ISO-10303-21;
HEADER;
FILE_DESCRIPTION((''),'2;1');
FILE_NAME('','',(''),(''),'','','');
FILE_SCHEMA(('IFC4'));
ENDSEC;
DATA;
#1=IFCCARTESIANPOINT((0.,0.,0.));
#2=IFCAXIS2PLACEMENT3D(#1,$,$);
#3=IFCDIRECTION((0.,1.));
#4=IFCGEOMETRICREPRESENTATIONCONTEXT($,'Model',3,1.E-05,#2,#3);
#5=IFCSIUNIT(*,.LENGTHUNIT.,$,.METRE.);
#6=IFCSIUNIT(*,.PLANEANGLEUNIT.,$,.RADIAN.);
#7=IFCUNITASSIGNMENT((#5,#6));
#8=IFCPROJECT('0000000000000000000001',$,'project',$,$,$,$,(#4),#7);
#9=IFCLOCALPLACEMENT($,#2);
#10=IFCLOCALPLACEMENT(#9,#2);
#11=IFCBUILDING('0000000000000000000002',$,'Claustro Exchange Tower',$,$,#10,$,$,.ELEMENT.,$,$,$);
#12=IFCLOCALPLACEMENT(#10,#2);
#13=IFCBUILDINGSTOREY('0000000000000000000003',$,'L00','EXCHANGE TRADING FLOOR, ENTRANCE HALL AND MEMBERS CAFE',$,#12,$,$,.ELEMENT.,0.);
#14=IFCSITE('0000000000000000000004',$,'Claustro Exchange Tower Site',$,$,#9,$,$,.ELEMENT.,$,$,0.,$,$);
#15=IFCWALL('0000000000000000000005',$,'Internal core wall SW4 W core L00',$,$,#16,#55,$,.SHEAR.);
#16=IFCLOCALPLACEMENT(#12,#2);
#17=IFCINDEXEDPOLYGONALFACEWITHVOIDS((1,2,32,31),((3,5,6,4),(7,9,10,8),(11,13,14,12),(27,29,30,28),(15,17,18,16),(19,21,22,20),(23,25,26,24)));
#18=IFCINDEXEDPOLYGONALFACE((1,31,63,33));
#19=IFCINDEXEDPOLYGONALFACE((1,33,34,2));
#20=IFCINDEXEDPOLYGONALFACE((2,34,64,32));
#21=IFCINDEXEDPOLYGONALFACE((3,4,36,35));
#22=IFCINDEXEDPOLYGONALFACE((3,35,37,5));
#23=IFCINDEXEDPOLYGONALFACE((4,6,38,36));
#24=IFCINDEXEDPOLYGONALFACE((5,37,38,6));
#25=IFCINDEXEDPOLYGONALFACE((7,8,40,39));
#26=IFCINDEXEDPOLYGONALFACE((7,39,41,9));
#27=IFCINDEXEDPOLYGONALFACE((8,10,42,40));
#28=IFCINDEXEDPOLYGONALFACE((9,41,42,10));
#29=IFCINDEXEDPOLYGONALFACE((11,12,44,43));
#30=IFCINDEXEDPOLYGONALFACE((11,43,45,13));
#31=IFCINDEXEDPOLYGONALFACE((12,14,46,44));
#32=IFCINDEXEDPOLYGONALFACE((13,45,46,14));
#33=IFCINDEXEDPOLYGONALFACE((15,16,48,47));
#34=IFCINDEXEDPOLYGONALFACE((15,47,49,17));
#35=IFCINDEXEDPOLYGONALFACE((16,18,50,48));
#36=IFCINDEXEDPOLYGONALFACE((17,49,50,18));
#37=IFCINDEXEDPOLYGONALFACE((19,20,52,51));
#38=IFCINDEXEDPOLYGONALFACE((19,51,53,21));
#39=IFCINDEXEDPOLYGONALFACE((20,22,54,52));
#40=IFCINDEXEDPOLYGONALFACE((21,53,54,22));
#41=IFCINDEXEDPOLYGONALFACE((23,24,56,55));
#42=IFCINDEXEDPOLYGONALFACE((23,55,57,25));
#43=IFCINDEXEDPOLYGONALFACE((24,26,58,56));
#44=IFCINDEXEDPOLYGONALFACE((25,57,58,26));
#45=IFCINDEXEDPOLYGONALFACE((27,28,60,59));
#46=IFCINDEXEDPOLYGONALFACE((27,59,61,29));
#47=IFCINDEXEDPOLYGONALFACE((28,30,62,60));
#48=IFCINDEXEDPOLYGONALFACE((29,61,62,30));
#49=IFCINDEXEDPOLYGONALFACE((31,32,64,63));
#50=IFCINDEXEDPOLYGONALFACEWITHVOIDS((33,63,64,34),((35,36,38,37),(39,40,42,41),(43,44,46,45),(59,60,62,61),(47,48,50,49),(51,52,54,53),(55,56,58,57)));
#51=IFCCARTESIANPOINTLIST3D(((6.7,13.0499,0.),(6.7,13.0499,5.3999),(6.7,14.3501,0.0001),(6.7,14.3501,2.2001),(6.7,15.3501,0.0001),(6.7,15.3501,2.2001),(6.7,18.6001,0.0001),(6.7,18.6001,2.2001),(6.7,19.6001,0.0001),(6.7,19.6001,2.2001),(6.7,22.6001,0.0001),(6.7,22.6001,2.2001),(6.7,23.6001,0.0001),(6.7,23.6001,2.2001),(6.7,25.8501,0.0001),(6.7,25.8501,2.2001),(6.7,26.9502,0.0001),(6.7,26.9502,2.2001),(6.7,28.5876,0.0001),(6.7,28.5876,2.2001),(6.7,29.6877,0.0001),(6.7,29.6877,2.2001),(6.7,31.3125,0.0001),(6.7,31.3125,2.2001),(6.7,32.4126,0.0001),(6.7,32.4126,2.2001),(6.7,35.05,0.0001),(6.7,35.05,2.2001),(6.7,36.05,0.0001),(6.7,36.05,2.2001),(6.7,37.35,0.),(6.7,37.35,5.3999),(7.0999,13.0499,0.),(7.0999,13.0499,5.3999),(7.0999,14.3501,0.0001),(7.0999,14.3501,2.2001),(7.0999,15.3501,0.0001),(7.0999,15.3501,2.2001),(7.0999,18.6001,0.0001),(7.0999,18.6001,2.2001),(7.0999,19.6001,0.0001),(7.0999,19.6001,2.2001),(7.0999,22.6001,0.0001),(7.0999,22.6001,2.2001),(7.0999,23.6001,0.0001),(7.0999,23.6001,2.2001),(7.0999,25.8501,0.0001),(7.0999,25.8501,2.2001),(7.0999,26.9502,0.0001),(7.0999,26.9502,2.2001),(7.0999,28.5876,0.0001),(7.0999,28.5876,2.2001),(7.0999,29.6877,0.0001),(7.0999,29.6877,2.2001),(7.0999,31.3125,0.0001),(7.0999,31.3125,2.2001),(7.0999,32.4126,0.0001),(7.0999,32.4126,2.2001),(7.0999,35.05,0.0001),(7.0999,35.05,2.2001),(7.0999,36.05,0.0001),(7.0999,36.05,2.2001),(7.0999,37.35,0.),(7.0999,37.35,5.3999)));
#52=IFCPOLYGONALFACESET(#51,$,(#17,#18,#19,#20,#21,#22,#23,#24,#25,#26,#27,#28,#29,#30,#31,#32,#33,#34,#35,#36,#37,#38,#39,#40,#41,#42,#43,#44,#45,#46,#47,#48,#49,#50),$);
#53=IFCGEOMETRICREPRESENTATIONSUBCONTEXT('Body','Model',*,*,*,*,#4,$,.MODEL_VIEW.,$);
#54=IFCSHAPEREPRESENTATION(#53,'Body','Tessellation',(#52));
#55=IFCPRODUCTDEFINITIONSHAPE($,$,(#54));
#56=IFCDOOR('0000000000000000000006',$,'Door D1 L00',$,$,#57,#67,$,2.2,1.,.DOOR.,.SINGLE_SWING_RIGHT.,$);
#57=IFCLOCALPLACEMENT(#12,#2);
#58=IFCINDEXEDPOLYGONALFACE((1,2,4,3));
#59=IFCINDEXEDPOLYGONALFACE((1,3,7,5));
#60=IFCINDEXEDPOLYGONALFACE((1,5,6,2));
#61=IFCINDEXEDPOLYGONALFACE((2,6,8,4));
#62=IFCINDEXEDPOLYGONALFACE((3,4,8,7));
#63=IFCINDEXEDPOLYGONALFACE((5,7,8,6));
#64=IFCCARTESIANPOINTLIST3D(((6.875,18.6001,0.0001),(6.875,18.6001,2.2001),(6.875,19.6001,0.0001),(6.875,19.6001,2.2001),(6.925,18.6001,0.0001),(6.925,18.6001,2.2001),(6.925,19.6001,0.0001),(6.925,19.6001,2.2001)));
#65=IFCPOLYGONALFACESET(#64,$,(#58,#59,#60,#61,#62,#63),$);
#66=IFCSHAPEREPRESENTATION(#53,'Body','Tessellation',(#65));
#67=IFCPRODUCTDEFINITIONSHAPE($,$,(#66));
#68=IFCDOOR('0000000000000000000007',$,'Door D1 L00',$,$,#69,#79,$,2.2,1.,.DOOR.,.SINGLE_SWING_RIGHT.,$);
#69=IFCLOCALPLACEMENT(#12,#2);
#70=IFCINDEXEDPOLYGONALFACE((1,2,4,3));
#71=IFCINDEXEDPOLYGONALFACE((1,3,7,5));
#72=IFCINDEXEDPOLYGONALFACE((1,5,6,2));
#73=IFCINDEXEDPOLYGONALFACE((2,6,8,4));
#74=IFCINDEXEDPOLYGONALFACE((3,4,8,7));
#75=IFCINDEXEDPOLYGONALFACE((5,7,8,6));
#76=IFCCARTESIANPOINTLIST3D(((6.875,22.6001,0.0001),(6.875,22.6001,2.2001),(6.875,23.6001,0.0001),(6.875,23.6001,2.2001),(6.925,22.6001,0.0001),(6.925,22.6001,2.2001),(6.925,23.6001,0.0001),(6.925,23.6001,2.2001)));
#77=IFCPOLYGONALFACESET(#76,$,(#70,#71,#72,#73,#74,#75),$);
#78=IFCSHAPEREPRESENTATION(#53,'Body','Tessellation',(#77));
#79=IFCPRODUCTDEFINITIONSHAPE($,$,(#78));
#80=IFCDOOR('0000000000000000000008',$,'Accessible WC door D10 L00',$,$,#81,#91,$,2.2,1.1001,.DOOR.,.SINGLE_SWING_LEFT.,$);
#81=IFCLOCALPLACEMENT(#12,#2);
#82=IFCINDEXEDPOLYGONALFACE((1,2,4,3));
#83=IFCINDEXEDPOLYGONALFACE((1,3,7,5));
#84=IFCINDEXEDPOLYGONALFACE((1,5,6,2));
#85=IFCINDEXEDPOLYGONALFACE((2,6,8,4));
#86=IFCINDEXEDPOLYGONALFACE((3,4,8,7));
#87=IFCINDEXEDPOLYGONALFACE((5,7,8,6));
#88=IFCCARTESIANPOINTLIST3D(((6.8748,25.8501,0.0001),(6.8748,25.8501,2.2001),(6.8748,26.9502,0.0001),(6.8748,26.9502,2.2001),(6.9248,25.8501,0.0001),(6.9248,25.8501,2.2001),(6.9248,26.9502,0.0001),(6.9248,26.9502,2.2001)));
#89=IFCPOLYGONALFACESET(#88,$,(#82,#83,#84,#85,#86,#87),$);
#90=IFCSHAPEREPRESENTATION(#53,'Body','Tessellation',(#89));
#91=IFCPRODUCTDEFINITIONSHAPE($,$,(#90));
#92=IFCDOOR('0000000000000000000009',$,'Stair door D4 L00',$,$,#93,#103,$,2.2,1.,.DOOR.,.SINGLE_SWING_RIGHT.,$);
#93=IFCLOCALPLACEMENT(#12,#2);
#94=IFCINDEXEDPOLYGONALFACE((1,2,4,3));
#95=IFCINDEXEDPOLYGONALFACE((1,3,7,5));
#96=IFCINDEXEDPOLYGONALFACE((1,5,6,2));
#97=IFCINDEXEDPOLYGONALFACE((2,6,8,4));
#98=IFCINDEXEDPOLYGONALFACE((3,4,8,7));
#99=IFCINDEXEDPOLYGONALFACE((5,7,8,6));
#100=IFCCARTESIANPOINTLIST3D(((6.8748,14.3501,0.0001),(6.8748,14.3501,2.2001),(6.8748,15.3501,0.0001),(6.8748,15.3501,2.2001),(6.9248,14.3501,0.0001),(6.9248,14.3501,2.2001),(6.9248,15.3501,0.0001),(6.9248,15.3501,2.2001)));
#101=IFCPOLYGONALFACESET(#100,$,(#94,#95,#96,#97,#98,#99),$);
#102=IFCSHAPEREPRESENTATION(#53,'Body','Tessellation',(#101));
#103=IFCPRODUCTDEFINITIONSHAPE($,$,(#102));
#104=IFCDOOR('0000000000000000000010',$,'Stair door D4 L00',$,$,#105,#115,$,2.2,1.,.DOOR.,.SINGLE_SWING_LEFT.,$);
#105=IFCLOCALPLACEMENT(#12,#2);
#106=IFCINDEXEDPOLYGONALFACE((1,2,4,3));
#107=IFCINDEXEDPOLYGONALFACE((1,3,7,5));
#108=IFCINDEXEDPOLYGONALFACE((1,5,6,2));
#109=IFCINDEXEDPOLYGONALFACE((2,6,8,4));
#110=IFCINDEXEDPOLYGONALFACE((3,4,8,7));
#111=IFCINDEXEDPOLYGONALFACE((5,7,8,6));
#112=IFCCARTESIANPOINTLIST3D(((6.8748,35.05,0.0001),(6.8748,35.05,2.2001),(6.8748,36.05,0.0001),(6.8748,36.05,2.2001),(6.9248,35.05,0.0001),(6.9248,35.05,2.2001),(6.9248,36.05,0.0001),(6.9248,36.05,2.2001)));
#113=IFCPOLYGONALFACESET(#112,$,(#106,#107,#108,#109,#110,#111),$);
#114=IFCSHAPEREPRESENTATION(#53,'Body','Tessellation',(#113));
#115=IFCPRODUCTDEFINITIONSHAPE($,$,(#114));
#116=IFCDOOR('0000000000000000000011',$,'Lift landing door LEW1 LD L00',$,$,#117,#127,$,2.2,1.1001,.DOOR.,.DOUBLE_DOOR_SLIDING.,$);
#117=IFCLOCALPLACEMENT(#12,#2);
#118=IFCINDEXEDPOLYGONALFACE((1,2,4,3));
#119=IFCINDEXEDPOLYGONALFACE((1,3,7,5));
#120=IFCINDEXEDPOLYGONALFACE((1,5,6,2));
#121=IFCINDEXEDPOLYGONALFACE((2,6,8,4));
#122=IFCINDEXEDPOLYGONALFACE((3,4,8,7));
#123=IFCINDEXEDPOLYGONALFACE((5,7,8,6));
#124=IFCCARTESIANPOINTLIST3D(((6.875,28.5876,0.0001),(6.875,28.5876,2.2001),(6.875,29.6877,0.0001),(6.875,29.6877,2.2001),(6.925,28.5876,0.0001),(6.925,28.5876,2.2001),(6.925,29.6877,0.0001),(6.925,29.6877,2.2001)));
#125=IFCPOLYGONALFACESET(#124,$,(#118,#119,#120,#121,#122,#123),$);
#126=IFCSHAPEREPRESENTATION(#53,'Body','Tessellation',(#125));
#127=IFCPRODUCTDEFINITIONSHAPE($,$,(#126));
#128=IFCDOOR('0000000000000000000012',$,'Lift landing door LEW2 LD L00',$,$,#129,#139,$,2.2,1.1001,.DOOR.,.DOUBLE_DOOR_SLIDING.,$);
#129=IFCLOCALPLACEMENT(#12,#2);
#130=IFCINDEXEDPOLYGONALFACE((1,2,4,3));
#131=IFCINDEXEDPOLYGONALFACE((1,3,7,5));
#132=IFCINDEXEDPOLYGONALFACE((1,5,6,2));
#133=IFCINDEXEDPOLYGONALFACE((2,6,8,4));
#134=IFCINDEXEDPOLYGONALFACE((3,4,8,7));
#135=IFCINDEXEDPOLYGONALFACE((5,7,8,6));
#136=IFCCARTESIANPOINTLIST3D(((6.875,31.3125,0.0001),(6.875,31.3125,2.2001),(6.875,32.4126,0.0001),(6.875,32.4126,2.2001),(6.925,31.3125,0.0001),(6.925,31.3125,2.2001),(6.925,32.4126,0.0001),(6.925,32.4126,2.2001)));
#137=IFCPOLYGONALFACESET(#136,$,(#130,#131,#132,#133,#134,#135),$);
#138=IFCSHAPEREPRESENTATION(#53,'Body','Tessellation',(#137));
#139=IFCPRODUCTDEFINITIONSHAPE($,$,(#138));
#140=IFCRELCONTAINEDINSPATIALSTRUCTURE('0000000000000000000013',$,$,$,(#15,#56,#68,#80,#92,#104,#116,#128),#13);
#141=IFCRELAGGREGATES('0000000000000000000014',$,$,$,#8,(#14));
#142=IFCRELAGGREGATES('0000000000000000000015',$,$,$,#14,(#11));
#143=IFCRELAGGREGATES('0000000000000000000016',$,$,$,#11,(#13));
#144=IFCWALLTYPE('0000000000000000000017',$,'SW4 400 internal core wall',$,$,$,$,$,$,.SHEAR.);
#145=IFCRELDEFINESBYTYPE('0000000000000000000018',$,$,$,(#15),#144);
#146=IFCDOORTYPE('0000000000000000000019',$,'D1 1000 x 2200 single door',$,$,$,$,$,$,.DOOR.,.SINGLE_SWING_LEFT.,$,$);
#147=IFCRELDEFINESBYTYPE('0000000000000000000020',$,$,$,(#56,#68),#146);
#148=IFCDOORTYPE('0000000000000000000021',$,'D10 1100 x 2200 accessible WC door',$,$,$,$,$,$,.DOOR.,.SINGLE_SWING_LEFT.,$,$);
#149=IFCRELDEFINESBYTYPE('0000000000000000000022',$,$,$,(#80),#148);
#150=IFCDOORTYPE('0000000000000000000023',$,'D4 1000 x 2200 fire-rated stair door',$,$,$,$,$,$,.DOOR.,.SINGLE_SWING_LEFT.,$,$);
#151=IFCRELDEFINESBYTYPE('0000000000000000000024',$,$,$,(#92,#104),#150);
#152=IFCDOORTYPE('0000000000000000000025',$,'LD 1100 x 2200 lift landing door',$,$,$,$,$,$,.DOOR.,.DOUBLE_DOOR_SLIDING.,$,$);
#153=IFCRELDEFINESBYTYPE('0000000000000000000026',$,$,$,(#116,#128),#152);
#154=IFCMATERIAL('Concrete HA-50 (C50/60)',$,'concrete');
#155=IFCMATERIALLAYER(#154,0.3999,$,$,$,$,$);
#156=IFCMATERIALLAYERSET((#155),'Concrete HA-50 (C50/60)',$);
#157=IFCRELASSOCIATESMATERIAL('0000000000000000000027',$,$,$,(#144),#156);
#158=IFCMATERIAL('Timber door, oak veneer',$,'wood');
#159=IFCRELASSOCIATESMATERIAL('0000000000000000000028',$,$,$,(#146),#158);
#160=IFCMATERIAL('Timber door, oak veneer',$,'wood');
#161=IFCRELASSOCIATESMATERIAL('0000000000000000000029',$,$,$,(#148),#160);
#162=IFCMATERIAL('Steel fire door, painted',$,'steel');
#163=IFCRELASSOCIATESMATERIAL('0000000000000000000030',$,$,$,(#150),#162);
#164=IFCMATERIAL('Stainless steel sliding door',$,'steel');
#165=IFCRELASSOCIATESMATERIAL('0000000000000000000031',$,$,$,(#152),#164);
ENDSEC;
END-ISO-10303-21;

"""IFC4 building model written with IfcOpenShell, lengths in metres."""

from ifc_helpers import new_model, si_unit, direction, frame, frame_2d, origin, place, context, subcontext, project, spatial, rectangle, extrude, material, layer, layer_set, type_object, element, fill, save


model = new_model("IFC4")

# Units and contexts
model_context = context("Model", 3, precision=1e-05, world=origin(), true_north=direction((0.0, 1.0)))
body_context = subcontext(model_context, "Body", "Model", "MODEL_VIEW")
ifc_project = project(units=[si_unit("LENGTHUNIT", "METRE"), si_unit("PLANEANGLEUNIT", "RADIAN")], contexts=[model_context])

# Site, building, storey
site_placement = place(None, origin())
site = spatial("IfcSite", under=ifc_project, at=site_placement, Name="Claustro Exchange Tower Site", CompositionType="ELEMENT", RefElevation=0.0)
building_placement = place(site_placement, origin())
building = spatial("IfcBuilding", under=site, at=building_placement, Name="Claustro Exchange Tower", CompositionType="ELEMENT")
storey_placement = place(building_placement, origin())
storey = spatial("IfcBuildingStorey", under=building, at=storey_placement, Name="L00", Description="EXCHANGE TRADING FLOOR, ENTRANCE HALL AND MEMBERS CAFE", CompositionType="ELEMENT", Elevation=0.0)

# Wall, openings, doors
ifc_material_1 = material(Name="Concrete HA-50 (C50/60)", Category="concrete")
ifc_layer_1 = layer(ifc_material_1, 0.3999)
ifc_layer_set_1 = layer_set([ifc_layer_1], Name="Concrete HA-50 (C50/60)")
wall_type_1 = type_object("IfcWallType", Name="SW4 400 internal core wall", PredefinedType="SHEAR", material=ifc_layer_set_1)
wall_1_placement = place(storey_placement, frame((6.8999, 13.05, 0.0), z_axis=(0.0, 0.0, 1.0), x_axis=(0.0, 1.0, 0.0)))
wall_1 = element("IfcWall", 1, at=wall_1_placement, inside=storey, type_object=wall_type_1, Name="Internal core wall SW4 W core L00", PredefinedType="SHEAR", context=body_context, shape_type="SweptSolid", body=[
    extrude(rectangle(XDim=24.3, YDim=0.3999, at=frame_2d((12.1499, 0.0))), origin(), (0.0, 0.0, 1.0), 5.3999),
])
opening_1_placement = place(wall_1_placement, frame((1.3, 0.0, 0.0)))
opening_1 = element("IfcOpeningElement", 2, at=opening_1_placement, cuts=wall_1, PredefinedType="OPENING", context=body_context, shape_type="SweptSolid", body=[
    extrude(rectangle(XDim=1.0, YDim=2.2, at=frame_2d((0.5, 1.1001))), frame((0.0, 0.21, 0.0), z_axis=(0.0, -1.0, 0.0), x_axis=(1.0, 0.0, 0.0)), (0.0, 0.0, 1.0), 0.4199),
])
opening_2_placement = place(wall_1_placement, frame((22.0, 0.0, 0.0)))
opening_2 = element("IfcOpeningElement", 3, at=opening_2_placement, cuts=wall_1, PredefinedType="OPENING", context=body_context, shape_type="SweptSolid", body=[
    extrude(rectangle(XDim=1.0, YDim=2.2, at=frame_2d((0.5, 1.1001))), frame((0.0, 0.21, 0.0), z_axis=(0.0, -1.0, 0.0), x_axis=(1.0, 0.0, 0.0)), (0.0, 0.0, 1.0), 0.4199),
])
opening_3_placement = place(wall_1_placement, frame((5.55, 0.0, 0.0)))
opening_3 = element("IfcOpeningElement", 4, at=opening_3_placement, cuts=wall_1, PredefinedType="OPENING", context=body_context, shape_type="SweptSolid", body=[
    extrude(rectangle(XDim=1.0, YDim=2.2, at=frame_2d((0.5, 1.1001))), frame((0.0, 0.21, 0.0), z_axis=(0.0, -1.0, 0.0), x_axis=(1.0, 0.0, 0.0)), (0.0, 0.0, 1.0), 0.4199),
])
opening_4_placement = place(wall_1_placement, frame((9.55, 0.0, 0.0)))
opening_4 = element("IfcOpeningElement", 5, at=opening_4_placement, cuts=wall_1, PredefinedType="OPENING", context=body_context, shape_type="SweptSolid", body=[
    extrude(rectangle(XDim=1.0, YDim=2.2, at=frame_2d((0.5, 1.1001))), frame((0.0, 0.21, 0.0), z_axis=(0.0, -1.0, 0.0), x_axis=(1.0, 0.0, 0.0)), (0.0, 0.0, 1.0), 0.4199),
])
opening_5_placement = place(wall_1_placement, frame((12.8, 0.0, 0.0)))
opening_5 = element("IfcOpeningElement", 6, at=opening_5_placement, cuts=wall_1, PredefinedType="OPENING", context=body_context, shape_type="SweptSolid", body=[
    extrude(rectangle(XDim=1.1001, YDim=2.2, at=frame_2d((0.55, 1.1001))), frame((0.0, 0.21, 0.0), z_axis=(0.0, -1.0, 0.0), x_axis=(1.0, 0.0, 0.0)), (0.0, 0.0, 1.0), 0.4199),
])
opening_6_placement = place(wall_1_placement, frame((15.5376, 0.0, 0.0)))
opening_6 = element("IfcOpeningElement", 7, at=opening_6_placement, cuts=wall_1, PredefinedType="OPENING", context=body_context, shape_type="SweptSolid", body=[
    extrude(rectangle(XDim=1.1001, YDim=2.2, at=frame_2d((0.55, 1.1001))), frame((0.0, 0.21, 0.0), z_axis=(0.0, -1.0, 0.0), x_axis=(1.0, 0.0, 0.0)), (0.0, 0.0, 1.0), 0.4199),
])
opening_7_placement = place(wall_1_placement, frame((18.2625, 0.0, 0.0)))
opening_7 = element("IfcOpeningElement", 8, at=opening_7_placement, cuts=wall_1, PredefinedType="OPENING", context=body_context, shape_type="SweptSolid", body=[
    extrude(rectangle(XDim=1.1001, YDim=2.2, at=frame_2d((0.55, 1.1001))), frame((0.0, 0.21, 0.0), z_axis=(0.0, -1.0, 0.0), x_axis=(1.0, 0.0, 0.0)), (0.0, 0.0, 1.0), 0.4199),
])
ifc_material_2 = material(Name="Timber door, oak veneer", Category="wood")
door_type_1 = type_object("IfcDoorType", Name="D1 1000 x 2200 single door", OperationType="SINGLE_SWING_LEFT", PredefinedType="DOOR", material=ifc_material_2)
door_1_placement = place(opening_3_placement, origin())
door_1 = element("IfcDoor", 9, at=door_1_placement, inside=storey, type_object=door_type_1, Name="Door D1 L00", OperationType="SINGLE_SWING_RIGHT", OverallHeight=2.2, OverallWidth=1.0, PredefinedType="DOOR", context=body_context, shape_type="SweptSolid", body=[
    extrude(rectangle(XDim=1.0, YDim=2.2, at=frame_2d((0.5, 1.1001))), frame((0.0, 0.0249, 0.0), z_axis=(0.0, -1.0, 0.0), x_axis=(1.0, 0.0, 0.0)), (0.0, 0.0, 1.0), 0.05),
])
fill(opening_3, door_1)
door_2_placement = place(opening_4_placement, origin())
door_2 = element("IfcDoor", 10, at=door_2_placement, inside=storey, type_object=door_type_1, Name="Door D1 L00", OperationType="SINGLE_SWING_RIGHT", OverallHeight=2.2, OverallWidth=1.0, PredefinedType="DOOR", context=body_context, shape_type="SweptSolid", body=[
    extrude(rectangle(XDim=1.0, YDim=2.2, at=frame_2d((0.5, 1.1001))), frame((0.0, 0.0249, 0.0), z_axis=(0.0, -1.0, 0.0), x_axis=(1.0, 0.0, 0.0)), (0.0, 0.0, 1.0), 0.05),
])
fill(opening_4, door_2)
ifc_material_3 = material(Name="Timber door, oak veneer", Category="wood")
door_type_2 = type_object("IfcDoorType", Name="D10 1100 x 2200 accessible WC door", OperationType="SINGLE_SWING_LEFT", PredefinedType="DOOR", material=ifc_material_3)
door_3_placement = place(opening_5_placement, frame((1.1001, 0.0, 0.0), z_axis=(0.0, 0.0, 1.0), x_axis=(-1.0, 0.0, 0.0)))
door_3 = element("IfcDoor", 11, at=door_3_placement, inside=storey, type_object=door_type_2, Name="Accessible WC door D10 L00", OperationType="SINGLE_SWING_LEFT", OverallHeight=2.2, OverallWidth=1.1001, PredefinedType="DOOR", context=body_context, shape_type="SweptSolid", body=[
    extrude(rectangle(XDim=1.1001, YDim=2.2, at=frame_2d((0.55, 1.1001))), frame((0.0, 0.0249, 0.0), z_axis=(0.0, -1.0, 0.0), x_axis=(1.0, 0.0, 0.0)), (0.0, 0.0, 1.0), 0.05),
])
fill(opening_5, door_3)
ifc_material_4 = material(Name="Steel fire door, painted", Category="steel")
door_type_3 = type_object("IfcDoorType", Name="D4 1000 x 2200 fire-rated stair door", OperationType="SINGLE_SWING_LEFT", PredefinedType="DOOR", material=ifc_material_4)
door_4_placement = place(opening_1_placement, frame((1.0, 0.0, 0.0), z_axis=(0.0, 0.0, 1.0), x_axis=(-1.0, 0.0, 0.0)))
door_4 = element("IfcDoor", 12, at=door_4_placement, inside=storey, type_object=door_type_3, Name="Stair door D4 L00", OperationType="SINGLE_SWING_RIGHT", OverallHeight=2.2, OverallWidth=1.0, PredefinedType="DOOR", context=body_context, shape_type="SweptSolid", body=[
    extrude(rectangle(XDim=1.0, YDim=2.2, at=frame_2d((0.5, 1.1001))), frame((0.0, 0.0249, 0.0), z_axis=(0.0, -1.0, 0.0), x_axis=(1.0, 0.0, 0.0)), (0.0, 0.0, 1.0), 0.05),
])
fill(opening_1, door_4)
door_5_placement = place(opening_2_placement, frame((1.0, 0.0, 0.0), z_axis=(0.0, 0.0, 1.0), x_axis=(-1.0, 0.0, 0.0)))
door_5 = element("IfcDoor", 13, at=door_5_placement, inside=storey, type_object=door_type_3, Name="Stair door D4 L00", OperationType="SINGLE_SWING_LEFT", OverallHeight=2.2, OverallWidth=1.0, PredefinedType="DOOR", context=body_context, shape_type="SweptSolid", body=[
    extrude(rectangle(XDim=1.0, YDim=2.2, at=frame_2d((0.5, 1.1001))), frame((0.0, 0.0249, 0.0), z_axis=(0.0, -1.0, 0.0), x_axis=(1.0, 0.0, 0.0)), (0.0, 0.0, 1.0), 0.05),
])
fill(opening_2, door_5)
ifc_material_5 = material(Name="Stainless steel sliding door", Category="steel")
door_type_4 = type_object("IfcDoorType", Name="LD 1100 x 2200 lift landing door", OperationType="DOUBLE_DOOR_SLIDING", PredefinedType="DOOR", material=ifc_material_5)
door_6_placement = place(opening_6_placement, origin())
door_6 = element("IfcDoor", 14, at=door_6_placement, inside=storey, type_object=door_type_4, Name="Lift landing door LEW1 LD L00", OperationType="DOUBLE_DOOR_SLIDING", OverallHeight=2.2, OverallWidth=1.1001, PredefinedType="DOOR", context=body_context, shape_type="SweptSolid", body=[
    extrude(rectangle(XDim=1.1001, YDim=2.2, at=frame_2d((0.55, 1.1001))), frame((0.0, 0.0249, 0.0), z_axis=(0.0, -1.0, 0.0), x_axis=(1.0, 0.0, 0.0)), (0.0, 0.0, 1.0), 0.05),
])
fill(opening_6, door_6)
door_7_placement = place(opening_7_placement, origin())
door_7 = element("IfcDoor", 15, at=door_7_placement, inside=storey, type_object=door_type_4, Name="Lift landing door LEW2 LD L00", OperationType="DOUBLE_DOOR_SLIDING", OverallHeight=2.2, OverallWidth=1.1001, PredefinedType="DOOR", context=body_context, shape_type="SweptSolid", body=[
    extrude(rectangle(XDim=1.1001, YDim=2.2, at=frame_2d((0.55, 1.1001))), frame((0.0, 0.0249, 0.0), z_axis=(0.0, -1.0, 0.0), x_axis=(1.0, 0.0, 0.0)), (0.0, 0.0, 1.0), 0.05),
])
fill(opening_7, door_7)

save(model, "model.ifc")
